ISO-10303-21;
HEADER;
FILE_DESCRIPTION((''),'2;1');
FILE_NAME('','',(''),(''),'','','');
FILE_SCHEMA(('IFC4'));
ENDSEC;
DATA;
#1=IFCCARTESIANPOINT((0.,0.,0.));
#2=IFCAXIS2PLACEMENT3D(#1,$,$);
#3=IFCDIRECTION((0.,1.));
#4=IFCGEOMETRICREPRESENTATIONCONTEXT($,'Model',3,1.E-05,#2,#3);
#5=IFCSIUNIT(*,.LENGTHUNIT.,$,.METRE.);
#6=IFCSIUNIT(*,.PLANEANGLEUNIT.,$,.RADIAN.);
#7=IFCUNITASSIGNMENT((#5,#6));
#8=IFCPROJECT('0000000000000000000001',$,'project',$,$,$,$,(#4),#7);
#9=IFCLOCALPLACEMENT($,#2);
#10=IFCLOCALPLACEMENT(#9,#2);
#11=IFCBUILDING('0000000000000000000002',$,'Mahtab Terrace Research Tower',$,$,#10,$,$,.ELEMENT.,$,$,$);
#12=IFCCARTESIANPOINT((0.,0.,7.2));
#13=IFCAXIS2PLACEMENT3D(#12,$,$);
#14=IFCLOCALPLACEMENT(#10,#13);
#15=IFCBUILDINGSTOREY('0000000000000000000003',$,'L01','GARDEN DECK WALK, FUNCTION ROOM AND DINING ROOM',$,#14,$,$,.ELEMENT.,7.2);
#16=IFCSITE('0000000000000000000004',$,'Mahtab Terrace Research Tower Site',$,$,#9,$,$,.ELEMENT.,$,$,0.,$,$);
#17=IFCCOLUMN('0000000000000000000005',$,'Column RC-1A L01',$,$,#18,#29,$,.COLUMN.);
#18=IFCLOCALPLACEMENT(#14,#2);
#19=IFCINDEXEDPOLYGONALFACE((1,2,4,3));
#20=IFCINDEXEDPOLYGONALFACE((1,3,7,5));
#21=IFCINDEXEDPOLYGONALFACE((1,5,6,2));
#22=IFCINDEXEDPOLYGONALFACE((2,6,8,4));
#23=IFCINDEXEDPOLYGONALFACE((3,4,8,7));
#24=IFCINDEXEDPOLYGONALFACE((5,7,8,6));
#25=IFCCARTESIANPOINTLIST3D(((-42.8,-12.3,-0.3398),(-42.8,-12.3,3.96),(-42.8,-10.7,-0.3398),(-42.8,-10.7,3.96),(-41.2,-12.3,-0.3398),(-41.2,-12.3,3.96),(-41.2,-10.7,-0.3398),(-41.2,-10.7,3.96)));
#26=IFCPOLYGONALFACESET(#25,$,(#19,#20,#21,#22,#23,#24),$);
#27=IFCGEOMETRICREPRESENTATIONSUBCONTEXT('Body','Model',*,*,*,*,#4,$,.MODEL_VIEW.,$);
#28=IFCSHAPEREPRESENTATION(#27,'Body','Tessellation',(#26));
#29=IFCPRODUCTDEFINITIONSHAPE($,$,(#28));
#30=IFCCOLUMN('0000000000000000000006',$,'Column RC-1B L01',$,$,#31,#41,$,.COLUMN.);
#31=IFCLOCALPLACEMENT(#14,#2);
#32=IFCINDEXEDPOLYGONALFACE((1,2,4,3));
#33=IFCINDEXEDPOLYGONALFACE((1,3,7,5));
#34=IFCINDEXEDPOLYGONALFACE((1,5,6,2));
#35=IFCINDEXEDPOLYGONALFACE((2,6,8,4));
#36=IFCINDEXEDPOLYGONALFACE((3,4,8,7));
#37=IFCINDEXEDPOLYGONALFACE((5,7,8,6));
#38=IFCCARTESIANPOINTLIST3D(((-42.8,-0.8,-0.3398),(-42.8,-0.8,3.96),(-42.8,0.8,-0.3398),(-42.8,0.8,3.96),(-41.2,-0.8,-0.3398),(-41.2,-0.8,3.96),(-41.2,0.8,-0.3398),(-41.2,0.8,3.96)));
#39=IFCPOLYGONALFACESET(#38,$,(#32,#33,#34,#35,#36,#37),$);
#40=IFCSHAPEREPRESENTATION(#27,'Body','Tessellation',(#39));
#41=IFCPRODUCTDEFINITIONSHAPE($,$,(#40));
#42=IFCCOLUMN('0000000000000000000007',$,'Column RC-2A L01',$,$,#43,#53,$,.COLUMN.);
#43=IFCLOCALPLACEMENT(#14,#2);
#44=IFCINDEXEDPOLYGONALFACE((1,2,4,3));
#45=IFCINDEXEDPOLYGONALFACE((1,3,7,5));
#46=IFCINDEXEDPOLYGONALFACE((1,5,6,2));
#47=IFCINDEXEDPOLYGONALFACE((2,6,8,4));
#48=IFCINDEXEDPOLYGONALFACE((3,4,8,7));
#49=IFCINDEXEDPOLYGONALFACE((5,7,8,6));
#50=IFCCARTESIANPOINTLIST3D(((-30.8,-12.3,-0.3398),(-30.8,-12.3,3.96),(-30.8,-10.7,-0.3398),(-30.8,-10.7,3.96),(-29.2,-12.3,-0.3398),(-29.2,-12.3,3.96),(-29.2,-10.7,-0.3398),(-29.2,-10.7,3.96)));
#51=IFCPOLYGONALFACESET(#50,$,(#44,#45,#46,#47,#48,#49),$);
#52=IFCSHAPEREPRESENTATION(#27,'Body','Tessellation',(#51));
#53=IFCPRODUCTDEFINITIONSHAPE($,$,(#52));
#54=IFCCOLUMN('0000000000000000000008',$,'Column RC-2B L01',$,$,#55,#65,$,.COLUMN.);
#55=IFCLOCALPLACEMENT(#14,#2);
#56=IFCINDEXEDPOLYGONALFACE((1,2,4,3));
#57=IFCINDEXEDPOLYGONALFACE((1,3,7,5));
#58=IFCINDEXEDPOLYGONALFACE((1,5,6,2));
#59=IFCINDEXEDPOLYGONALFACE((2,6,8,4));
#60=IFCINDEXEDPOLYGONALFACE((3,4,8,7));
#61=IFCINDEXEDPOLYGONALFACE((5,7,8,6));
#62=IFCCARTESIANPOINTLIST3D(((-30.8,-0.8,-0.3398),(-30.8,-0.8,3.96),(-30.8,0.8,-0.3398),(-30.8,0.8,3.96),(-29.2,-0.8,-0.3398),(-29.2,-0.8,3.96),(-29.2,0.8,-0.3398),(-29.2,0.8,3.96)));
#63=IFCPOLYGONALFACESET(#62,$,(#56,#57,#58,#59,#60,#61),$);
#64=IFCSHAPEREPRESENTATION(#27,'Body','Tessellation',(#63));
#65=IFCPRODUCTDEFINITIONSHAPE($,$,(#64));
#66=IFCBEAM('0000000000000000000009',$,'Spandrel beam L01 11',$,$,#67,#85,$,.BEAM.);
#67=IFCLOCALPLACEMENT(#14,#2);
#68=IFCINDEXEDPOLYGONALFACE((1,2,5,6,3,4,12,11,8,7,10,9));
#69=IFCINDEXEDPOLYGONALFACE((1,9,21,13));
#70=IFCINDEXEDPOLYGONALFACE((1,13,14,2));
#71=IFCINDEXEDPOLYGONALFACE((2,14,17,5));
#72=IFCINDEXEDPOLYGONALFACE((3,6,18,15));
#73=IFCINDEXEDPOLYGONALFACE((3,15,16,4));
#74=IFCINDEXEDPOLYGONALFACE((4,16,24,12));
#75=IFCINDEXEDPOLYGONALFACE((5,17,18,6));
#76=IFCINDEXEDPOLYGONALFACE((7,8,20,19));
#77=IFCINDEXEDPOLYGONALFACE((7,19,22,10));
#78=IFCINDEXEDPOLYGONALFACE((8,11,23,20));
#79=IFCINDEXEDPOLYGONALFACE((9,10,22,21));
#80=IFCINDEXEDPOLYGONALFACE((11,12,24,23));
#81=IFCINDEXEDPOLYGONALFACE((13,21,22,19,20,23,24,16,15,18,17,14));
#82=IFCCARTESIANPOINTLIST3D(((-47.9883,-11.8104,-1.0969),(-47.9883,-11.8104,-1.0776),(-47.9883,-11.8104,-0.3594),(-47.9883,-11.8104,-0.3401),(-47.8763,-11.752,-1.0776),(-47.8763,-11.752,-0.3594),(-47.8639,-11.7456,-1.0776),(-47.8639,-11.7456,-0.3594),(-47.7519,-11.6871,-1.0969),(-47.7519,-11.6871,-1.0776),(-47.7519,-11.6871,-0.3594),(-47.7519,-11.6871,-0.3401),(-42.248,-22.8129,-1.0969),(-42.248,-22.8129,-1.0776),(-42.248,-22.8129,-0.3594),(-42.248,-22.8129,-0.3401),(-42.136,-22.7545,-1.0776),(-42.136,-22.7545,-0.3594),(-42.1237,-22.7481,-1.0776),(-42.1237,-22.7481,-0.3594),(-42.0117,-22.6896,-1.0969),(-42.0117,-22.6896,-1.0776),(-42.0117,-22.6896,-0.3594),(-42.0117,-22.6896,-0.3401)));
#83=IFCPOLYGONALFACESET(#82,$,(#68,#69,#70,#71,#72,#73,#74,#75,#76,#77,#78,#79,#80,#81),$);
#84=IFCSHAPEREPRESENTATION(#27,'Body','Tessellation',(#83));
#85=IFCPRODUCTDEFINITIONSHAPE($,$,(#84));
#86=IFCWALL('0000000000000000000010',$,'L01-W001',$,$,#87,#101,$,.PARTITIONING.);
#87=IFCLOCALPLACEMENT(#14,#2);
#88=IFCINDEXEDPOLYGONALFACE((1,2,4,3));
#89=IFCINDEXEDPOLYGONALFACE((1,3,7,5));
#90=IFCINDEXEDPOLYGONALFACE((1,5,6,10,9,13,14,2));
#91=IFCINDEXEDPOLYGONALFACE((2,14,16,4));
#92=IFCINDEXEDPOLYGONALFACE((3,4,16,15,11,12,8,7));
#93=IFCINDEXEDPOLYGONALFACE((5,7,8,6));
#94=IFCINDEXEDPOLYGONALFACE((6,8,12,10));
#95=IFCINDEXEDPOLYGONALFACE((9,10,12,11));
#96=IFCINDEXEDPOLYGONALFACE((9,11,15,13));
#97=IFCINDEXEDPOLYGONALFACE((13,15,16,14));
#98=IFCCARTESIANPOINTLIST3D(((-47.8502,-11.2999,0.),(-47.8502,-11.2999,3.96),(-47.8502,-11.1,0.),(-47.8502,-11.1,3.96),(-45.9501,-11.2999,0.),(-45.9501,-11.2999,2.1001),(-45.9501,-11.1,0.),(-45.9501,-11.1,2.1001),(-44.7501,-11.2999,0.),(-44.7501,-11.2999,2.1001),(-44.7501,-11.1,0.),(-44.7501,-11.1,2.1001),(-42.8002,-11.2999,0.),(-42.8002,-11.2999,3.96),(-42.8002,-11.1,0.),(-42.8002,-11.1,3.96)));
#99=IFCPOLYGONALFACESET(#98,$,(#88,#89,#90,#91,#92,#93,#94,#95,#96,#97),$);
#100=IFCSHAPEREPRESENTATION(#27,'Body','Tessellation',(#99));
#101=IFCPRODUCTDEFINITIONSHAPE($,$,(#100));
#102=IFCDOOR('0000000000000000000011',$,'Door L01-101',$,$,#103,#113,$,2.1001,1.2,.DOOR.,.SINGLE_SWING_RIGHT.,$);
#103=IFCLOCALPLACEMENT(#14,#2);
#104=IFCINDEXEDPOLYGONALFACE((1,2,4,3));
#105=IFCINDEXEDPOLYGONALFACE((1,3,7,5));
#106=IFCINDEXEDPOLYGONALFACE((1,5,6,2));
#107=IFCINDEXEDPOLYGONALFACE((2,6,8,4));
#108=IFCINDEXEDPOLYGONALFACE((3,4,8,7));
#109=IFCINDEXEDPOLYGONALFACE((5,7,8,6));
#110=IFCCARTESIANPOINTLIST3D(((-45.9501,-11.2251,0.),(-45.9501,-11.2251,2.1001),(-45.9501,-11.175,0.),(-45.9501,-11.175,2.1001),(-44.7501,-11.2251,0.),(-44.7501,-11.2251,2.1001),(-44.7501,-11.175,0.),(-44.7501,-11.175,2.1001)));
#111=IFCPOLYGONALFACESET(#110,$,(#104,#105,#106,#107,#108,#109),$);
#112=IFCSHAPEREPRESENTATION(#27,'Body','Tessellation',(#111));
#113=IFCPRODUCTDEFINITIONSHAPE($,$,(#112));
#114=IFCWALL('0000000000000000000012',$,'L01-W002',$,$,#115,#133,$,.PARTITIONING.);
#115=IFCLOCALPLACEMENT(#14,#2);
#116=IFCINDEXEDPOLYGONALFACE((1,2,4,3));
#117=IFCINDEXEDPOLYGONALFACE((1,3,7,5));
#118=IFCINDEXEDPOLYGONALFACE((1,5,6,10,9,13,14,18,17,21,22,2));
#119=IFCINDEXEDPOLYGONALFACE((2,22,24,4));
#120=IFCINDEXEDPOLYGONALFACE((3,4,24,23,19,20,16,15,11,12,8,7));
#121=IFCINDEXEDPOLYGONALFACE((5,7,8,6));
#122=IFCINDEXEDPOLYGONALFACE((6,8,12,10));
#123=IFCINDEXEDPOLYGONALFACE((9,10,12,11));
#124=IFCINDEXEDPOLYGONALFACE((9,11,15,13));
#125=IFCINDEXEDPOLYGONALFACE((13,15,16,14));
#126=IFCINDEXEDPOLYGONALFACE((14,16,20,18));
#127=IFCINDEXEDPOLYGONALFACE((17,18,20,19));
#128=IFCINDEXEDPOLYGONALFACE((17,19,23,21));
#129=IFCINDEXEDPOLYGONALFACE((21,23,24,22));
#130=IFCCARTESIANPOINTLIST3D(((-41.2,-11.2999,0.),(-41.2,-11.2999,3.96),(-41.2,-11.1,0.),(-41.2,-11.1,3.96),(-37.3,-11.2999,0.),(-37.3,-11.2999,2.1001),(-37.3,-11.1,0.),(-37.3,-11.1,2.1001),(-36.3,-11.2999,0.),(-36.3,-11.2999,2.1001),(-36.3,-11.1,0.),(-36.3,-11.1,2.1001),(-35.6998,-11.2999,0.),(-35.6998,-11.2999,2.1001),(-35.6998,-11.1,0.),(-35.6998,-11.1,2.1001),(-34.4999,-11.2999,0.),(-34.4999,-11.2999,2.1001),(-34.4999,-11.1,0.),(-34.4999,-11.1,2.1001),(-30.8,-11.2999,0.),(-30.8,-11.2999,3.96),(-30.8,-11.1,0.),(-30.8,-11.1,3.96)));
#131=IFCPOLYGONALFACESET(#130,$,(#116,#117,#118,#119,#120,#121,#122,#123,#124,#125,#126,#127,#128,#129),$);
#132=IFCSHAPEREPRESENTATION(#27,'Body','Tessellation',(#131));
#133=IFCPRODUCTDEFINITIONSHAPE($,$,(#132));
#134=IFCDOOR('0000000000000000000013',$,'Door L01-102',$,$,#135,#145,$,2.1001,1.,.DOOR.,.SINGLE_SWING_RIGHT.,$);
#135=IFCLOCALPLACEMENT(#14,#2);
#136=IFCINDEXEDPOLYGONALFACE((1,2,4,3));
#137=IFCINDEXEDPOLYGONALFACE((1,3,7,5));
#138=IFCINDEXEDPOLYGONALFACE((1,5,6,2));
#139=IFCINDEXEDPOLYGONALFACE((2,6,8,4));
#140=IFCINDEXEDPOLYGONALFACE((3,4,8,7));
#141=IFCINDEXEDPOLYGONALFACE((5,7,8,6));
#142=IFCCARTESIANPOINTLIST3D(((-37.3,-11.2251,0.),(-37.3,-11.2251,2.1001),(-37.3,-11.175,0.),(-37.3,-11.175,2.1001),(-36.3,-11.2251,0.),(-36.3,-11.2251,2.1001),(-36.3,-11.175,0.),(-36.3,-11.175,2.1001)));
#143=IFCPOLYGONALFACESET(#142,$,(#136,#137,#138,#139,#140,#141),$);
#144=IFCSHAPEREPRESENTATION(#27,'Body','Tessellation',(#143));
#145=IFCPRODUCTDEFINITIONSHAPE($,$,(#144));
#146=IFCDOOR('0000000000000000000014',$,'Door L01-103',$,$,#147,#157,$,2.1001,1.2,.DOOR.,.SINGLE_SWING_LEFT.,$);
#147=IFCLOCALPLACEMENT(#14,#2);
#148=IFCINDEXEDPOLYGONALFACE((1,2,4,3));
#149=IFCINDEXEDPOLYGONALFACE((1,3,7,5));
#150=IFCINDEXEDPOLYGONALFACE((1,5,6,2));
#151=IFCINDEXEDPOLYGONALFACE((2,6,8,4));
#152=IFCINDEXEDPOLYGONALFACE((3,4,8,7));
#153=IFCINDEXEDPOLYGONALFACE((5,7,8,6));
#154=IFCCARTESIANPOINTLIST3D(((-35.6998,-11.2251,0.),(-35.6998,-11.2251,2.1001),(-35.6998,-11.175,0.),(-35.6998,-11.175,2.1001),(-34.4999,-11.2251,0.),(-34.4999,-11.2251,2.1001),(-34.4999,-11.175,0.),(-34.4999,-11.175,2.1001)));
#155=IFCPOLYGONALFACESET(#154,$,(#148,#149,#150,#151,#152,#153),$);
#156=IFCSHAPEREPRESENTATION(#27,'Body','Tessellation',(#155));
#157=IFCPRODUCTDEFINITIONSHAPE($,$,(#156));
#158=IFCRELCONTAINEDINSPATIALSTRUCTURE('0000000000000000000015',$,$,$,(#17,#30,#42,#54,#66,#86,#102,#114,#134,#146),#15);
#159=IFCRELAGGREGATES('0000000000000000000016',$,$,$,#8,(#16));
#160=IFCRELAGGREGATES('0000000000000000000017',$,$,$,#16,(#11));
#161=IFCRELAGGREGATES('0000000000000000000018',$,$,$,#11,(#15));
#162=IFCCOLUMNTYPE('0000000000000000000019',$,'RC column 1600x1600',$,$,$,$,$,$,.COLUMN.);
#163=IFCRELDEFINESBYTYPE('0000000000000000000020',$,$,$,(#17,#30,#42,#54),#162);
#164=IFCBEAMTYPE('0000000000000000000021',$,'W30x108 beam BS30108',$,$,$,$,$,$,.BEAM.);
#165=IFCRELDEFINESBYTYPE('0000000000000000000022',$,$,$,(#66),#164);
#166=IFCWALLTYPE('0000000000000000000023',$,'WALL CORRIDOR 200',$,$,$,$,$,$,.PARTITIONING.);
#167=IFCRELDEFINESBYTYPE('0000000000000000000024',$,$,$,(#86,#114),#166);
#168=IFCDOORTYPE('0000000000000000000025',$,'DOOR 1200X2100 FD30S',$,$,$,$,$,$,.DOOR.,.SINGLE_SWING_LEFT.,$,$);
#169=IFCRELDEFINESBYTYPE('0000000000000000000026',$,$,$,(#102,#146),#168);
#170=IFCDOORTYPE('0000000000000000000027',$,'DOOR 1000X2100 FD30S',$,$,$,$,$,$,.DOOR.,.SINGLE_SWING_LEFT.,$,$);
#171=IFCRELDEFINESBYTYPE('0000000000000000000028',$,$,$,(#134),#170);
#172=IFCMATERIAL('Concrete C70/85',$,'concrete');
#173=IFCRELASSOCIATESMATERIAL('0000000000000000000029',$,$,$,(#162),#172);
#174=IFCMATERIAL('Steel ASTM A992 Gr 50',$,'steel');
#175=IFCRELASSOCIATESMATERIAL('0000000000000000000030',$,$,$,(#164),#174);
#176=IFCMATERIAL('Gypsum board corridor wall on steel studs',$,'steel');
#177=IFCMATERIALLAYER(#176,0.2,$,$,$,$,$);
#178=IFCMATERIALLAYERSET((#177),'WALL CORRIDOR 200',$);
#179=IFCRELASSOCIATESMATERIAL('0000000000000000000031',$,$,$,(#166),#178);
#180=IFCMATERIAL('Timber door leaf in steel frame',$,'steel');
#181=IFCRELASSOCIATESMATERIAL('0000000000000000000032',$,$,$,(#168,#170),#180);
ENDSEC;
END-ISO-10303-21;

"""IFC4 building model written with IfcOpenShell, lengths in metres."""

from ifc_helpers import new_model, si_unit, direction, frame, frame_2d, origin, origin_2d, place, context, subcontext, project, spatial, rectangle, i_section, extrude, material, layer, layer_set, material_profile, profile_set, type_object, element, fill, save


model = new_model("IFC4")

# Units and contexts
model_context = context("Model", 3, precision=1e-05, world=origin(), true_north=direction((0.0, 1.0)))
body_context = subcontext(model_context, "Body", "Model", "MODEL_VIEW")
ifc_project = project(units=[si_unit("LENGTHUNIT", "METRE"), si_unit("PLANEANGLEUNIT", "RADIAN")], contexts=[model_context])

# Site, building, storey
site_placement = place(None, origin())
site = spatial("IfcSite", under=ifc_project, at=site_placement, Name="Mahtab Terrace Research Tower Site", CompositionType="ELEMENT", RefElevation=0.0)
building_placement = place(site_placement, origin())
building = spatial("IfcBuilding", under=site, at=building_placement, Name="Mahtab Terrace Research Tower", CompositionType="ELEMENT")
storey_placement = place(building_placement, frame((0.0, 0.0, 7.2)))
storey = spatial("IfcBuildingStorey", under=building, at=storey_placement, Name="L01", Description="GARDEN DECK WALK, FUNCTION ROOM AND DINING ROOM", CompositionType="ELEMENT", Elevation=7.2)

# Columns
ifc_material_1 = material(Name="Concrete C70/85", Category="concrete")
ifc_material_profile_1 = material_profile(ifc_material_1, rectangle(XDim=1.6001, YDim=1.6001, at=origin_2d()), Name="RC column 1600x1600")
ifc_profile_set_1 = profile_set([ifc_material_profile_1], Name="Concrete C70/85")
column_type = type_object("IfcColumnType", Name="RC column 1600x1600", PredefinedType="COLUMN", material=ifc_profile_set_1)
for number, where, z_axis, x_axis, name in (
    (1, (-42.0, -11.5, -0.3398), (0.0, 0.0, 1.0), (1.0, 0.0, 0.0), "Column RC-1A L01"),
    (2, (-42.0, 0.0, -0.3398), (0.0, 0.0, 1.0), (1.0, 0.0, 0.0), "Column RC-1B L01"),
    (3, (-30.0, -11.5, -0.3398), (0.0, 0.0, 1.0), (1.0, 0.0, 0.0), "Column RC-2A L01"),
    (4, (-30.0, 0.0, -0.3398), (0.0, 0.0, 1.0), (1.0, 0.0, 0.0), "Column RC-2B L01"),
):
    element("IfcColumn", number, at=place(storey_placement, frame(where, z_axis=z_axis, x_axis=x_axis)), inside=storey, type_object=column_type, Name=name, PredefinedType="COLUMN", context=body_context, shape_type="SweptSolid", body=[
        extrude(rectangle(XDim=1.6001, YDim=1.6001, at=origin_2d()), origin(), (0.0, 0.0, 1.0), 4.2998),
    ])

# Beam
ifc_material_2 = material(Name="Steel ASTM A992 Gr 50", Category="steel")
ifc_material_profile_2 = material_profile(ifc_material_2, i_section(OverallWidth=0.2666, OverallDepth=0.7568, WebThickness=0.0139, FlangeThickness=0.0193, at=origin_2d()), Name="W30X108")
ifc_profile_set_2 = profile_set([ifc_material_profile_2], Name="Steel ASTM A992 Gr 50")
beam_type = type_object("IfcBeamType", Name="W30x108 beam BS30108", PredefinedType="BEAM", material=ifc_profile_set_2)
beam_placement = place(storey_placement, frame((-47.8701, -11.7488, -0.7185), z_axis=(0.462555, -0.88659, 0.0), x_axis=(0.88659, 0.462555, 0.0)))
element("IfcBeam", 5, at=beam_placement, inside=storey, type_object=beam_type, Name="Spandrel beam L01 11", PredefinedType="BEAM", context=body_context, shape_type="SweptSolid", body=[
    extrude(i_section(OverallWidth=0.2666, OverallDepth=0.7568, WebThickness=0.0139, FlangeThickness=0.0193, at=origin_2d()), origin(), (0.0, 0.0, 1.0), 12.4099),
])

# Wall, opening, door
ifc_material_3 = material(Name="Gypsum board corridor wall on steel studs", Category="steel")
ifc_layer_1 = layer(ifc_material_3, 0.2)
ifc_layer_set_1 = layer_set([ifc_layer_1], Name="WALL CORRIDOR 200")
wall_type_1 = type_object("IfcWallType", Name="WALL CORRIDOR 200", PredefinedType="PARTITIONING", material=ifc_layer_set_1)
wall_1_placement = place(storey_placement, frame((-47.8501, -11.2, 0.0), z_axis=(0.0, 0.0, 1.0), x_axis=(1.0, 0.0, 0.0)))
wall_1 = element("IfcWall", 6, at=wall_1_placement, inside=storey, type_object=wall_type_1, Name="L01-W001", PredefinedType="PARTITIONING", context=body_context, shape_type="SweptSolid", body=[
    extrude(rectangle(XDim=5.05, YDim=0.2, at=frame_2d((2.5249, 0.0))), origin(), (0.0, 0.0, 1.0), 3.96),
])
opening_1_placement = place(wall_1_placement, frame((1.8999, 0.0, 0.0)))
opening_1 = element("IfcOpeningElement", 7, at=opening_1_placement, cuts=wall_1, PredefinedType="OPENING", context=body_context, shape_type="SweptSolid", body=[
    extrude(rectangle(XDim=1.2, YDim=2.1001, at=frame_2d((0.6001, 1.05))), frame((0.0, 0.1099, 0.0), z_axis=(0.0, -1.0, 0.0), x_axis=(1.0, 0.0, 0.0)), (0.0, 0.0, 1.0), 0.22),
])
ifc_material_4 = material(Name="Timber door leaf in steel frame", Category="steel")
door_type_1 = type_object("IfcDoorType", Name="DOOR 1200X2100 FD30S", OperationType="SINGLE_SWING_LEFT", PredefinedType="DOOR", material=ifc_material_4)
door_1_placement = place(opening_1_placement, origin())
door_1 = element("IfcDoor", 8, at=door_1_placement, inside=storey, type_object=door_type_1, Name="Door L01-101", OperationType="SINGLE_SWING_RIGHT", OverallHeight=2.1001, OverallWidth=1.2, PredefinedType="DOOR", context=body_context, shape_type="SweptSolid", body=[
    extrude(rectangle(XDim=1.2, YDim=2.1001, at=frame_2d((0.6001, 1.05))), frame((0.0, 0.0249, 0.0), z_axis=(0.0, -1.0, 0.0), x_axis=(1.0, 0.0, 0.0)), (0.0, 0.0, 1.0), 0.05),
])
fill(opening_1, door_1)

# Wall, openings, doors
wall_2_placement = place(storey_placement, frame((-41.2, -11.2, 0.0), z_axis=(0.0, 0.0, 1.0), x_axis=(1.0, 0.0, 0.0)))
wall_2 = element("IfcWall", 9, at=wall_2_placement, inside=storey, type_object=wall_type_1, Name="L01-W002", PredefinedType="PARTITIONING", context=body_context, shape_type="SweptSolid", body=[
    extrude(rectangle(XDim=10.3999, YDim=0.2, at=frame_2d((5.2, 0.0))), origin(), (0.0, 0.0, 1.0), 3.96),
])
opening_2_placement = place(wall_2_placement, frame((3.8999, 0.0, 0.0)))
opening_2 = element("IfcOpeningElement", 10, at=opening_2_placement, cuts=wall_2, PredefinedType="OPENING", context=body_context, shape_type="SweptSolid", body=[
    extrude(rectangle(XDim=1.0, YDim=2.1001, at=frame_2d((0.5, 1.05))), frame((0.0, 0.1099, 0.0), z_axis=(0.0, -1.0, 0.0), x_axis=(1.0, 0.0, 0.0)), (0.0, 0.0, 1.0), 0.22),
])
opening_3_placement = place(wall_2_placement, frame((5.5, 0.0, 0.0)))
opening_3 = element("IfcOpeningElement", 11, at=opening_3_placement, cuts=wall_2, PredefinedType="OPENING", context=body_context, shape_type="SweptSolid", body=[
    extrude(rectangle(XDim=1.2, YDim=2.1001, at=frame_2d((0.6001, 1.05))), frame((0.0, 0.1099, 0.0), z_axis=(0.0, -1.0, 0.0), x_axis=(1.0, 0.0, 0.0)), (0.0, 0.0, 1.0), 0.22),
])
door_type_2 = type_object("IfcDoorType", Name="DOOR 1000X2100 FD30S", OperationType="SINGLE_SWING_LEFT", PredefinedType="DOOR", material=ifc_material_4)
door_2_placement = place(opening_2_placement, origin())
door_2 = element("IfcDoor", 12, at=door_2_placement, inside=storey, type_object=door_type_2, Name="Door L01-102", OperationType="SINGLE_SWING_RIGHT", OverallHeight=2.1001, OverallWidth=1.0, PredefinedType="DOOR", context=body_context, shape_type="SweptSolid", body=[
    extrude(rectangle(XDim=1.0, YDim=2.1001, at=frame_2d((0.5, 1.05))), frame((0.0, 0.0249, 0.0), z_axis=(0.0, -1.0, 0.0), x_axis=(1.0, 0.0, 0.0)), (0.0, 0.0, 1.0), 0.05),
])
fill(opening_2, door_2)
door_3_placement = place(opening_3_placement, origin())
door_3 = element("IfcDoor", 13, at=door_3_placement, inside=storey, type_object=door_type_1, Name="Door L01-103", OperationType="SINGLE_SWING_LEFT", OverallHeight=2.1001, OverallWidth=1.2, PredefinedType="DOOR", context=body_context, shape_type="SweptSolid", body=[
    extrude(rectangle(XDim=1.2, YDim=2.1001, at=frame_2d((0.6001, 1.05))), frame((0.0, 0.0249, 0.0), z_axis=(0.0, -1.0, 0.0), x_axis=(1.0, 0.0, 0.0)), (0.0, 0.0, 1.0), 0.05),
])
fill(opening_3, door_3)

save(model, "model.ifc")
